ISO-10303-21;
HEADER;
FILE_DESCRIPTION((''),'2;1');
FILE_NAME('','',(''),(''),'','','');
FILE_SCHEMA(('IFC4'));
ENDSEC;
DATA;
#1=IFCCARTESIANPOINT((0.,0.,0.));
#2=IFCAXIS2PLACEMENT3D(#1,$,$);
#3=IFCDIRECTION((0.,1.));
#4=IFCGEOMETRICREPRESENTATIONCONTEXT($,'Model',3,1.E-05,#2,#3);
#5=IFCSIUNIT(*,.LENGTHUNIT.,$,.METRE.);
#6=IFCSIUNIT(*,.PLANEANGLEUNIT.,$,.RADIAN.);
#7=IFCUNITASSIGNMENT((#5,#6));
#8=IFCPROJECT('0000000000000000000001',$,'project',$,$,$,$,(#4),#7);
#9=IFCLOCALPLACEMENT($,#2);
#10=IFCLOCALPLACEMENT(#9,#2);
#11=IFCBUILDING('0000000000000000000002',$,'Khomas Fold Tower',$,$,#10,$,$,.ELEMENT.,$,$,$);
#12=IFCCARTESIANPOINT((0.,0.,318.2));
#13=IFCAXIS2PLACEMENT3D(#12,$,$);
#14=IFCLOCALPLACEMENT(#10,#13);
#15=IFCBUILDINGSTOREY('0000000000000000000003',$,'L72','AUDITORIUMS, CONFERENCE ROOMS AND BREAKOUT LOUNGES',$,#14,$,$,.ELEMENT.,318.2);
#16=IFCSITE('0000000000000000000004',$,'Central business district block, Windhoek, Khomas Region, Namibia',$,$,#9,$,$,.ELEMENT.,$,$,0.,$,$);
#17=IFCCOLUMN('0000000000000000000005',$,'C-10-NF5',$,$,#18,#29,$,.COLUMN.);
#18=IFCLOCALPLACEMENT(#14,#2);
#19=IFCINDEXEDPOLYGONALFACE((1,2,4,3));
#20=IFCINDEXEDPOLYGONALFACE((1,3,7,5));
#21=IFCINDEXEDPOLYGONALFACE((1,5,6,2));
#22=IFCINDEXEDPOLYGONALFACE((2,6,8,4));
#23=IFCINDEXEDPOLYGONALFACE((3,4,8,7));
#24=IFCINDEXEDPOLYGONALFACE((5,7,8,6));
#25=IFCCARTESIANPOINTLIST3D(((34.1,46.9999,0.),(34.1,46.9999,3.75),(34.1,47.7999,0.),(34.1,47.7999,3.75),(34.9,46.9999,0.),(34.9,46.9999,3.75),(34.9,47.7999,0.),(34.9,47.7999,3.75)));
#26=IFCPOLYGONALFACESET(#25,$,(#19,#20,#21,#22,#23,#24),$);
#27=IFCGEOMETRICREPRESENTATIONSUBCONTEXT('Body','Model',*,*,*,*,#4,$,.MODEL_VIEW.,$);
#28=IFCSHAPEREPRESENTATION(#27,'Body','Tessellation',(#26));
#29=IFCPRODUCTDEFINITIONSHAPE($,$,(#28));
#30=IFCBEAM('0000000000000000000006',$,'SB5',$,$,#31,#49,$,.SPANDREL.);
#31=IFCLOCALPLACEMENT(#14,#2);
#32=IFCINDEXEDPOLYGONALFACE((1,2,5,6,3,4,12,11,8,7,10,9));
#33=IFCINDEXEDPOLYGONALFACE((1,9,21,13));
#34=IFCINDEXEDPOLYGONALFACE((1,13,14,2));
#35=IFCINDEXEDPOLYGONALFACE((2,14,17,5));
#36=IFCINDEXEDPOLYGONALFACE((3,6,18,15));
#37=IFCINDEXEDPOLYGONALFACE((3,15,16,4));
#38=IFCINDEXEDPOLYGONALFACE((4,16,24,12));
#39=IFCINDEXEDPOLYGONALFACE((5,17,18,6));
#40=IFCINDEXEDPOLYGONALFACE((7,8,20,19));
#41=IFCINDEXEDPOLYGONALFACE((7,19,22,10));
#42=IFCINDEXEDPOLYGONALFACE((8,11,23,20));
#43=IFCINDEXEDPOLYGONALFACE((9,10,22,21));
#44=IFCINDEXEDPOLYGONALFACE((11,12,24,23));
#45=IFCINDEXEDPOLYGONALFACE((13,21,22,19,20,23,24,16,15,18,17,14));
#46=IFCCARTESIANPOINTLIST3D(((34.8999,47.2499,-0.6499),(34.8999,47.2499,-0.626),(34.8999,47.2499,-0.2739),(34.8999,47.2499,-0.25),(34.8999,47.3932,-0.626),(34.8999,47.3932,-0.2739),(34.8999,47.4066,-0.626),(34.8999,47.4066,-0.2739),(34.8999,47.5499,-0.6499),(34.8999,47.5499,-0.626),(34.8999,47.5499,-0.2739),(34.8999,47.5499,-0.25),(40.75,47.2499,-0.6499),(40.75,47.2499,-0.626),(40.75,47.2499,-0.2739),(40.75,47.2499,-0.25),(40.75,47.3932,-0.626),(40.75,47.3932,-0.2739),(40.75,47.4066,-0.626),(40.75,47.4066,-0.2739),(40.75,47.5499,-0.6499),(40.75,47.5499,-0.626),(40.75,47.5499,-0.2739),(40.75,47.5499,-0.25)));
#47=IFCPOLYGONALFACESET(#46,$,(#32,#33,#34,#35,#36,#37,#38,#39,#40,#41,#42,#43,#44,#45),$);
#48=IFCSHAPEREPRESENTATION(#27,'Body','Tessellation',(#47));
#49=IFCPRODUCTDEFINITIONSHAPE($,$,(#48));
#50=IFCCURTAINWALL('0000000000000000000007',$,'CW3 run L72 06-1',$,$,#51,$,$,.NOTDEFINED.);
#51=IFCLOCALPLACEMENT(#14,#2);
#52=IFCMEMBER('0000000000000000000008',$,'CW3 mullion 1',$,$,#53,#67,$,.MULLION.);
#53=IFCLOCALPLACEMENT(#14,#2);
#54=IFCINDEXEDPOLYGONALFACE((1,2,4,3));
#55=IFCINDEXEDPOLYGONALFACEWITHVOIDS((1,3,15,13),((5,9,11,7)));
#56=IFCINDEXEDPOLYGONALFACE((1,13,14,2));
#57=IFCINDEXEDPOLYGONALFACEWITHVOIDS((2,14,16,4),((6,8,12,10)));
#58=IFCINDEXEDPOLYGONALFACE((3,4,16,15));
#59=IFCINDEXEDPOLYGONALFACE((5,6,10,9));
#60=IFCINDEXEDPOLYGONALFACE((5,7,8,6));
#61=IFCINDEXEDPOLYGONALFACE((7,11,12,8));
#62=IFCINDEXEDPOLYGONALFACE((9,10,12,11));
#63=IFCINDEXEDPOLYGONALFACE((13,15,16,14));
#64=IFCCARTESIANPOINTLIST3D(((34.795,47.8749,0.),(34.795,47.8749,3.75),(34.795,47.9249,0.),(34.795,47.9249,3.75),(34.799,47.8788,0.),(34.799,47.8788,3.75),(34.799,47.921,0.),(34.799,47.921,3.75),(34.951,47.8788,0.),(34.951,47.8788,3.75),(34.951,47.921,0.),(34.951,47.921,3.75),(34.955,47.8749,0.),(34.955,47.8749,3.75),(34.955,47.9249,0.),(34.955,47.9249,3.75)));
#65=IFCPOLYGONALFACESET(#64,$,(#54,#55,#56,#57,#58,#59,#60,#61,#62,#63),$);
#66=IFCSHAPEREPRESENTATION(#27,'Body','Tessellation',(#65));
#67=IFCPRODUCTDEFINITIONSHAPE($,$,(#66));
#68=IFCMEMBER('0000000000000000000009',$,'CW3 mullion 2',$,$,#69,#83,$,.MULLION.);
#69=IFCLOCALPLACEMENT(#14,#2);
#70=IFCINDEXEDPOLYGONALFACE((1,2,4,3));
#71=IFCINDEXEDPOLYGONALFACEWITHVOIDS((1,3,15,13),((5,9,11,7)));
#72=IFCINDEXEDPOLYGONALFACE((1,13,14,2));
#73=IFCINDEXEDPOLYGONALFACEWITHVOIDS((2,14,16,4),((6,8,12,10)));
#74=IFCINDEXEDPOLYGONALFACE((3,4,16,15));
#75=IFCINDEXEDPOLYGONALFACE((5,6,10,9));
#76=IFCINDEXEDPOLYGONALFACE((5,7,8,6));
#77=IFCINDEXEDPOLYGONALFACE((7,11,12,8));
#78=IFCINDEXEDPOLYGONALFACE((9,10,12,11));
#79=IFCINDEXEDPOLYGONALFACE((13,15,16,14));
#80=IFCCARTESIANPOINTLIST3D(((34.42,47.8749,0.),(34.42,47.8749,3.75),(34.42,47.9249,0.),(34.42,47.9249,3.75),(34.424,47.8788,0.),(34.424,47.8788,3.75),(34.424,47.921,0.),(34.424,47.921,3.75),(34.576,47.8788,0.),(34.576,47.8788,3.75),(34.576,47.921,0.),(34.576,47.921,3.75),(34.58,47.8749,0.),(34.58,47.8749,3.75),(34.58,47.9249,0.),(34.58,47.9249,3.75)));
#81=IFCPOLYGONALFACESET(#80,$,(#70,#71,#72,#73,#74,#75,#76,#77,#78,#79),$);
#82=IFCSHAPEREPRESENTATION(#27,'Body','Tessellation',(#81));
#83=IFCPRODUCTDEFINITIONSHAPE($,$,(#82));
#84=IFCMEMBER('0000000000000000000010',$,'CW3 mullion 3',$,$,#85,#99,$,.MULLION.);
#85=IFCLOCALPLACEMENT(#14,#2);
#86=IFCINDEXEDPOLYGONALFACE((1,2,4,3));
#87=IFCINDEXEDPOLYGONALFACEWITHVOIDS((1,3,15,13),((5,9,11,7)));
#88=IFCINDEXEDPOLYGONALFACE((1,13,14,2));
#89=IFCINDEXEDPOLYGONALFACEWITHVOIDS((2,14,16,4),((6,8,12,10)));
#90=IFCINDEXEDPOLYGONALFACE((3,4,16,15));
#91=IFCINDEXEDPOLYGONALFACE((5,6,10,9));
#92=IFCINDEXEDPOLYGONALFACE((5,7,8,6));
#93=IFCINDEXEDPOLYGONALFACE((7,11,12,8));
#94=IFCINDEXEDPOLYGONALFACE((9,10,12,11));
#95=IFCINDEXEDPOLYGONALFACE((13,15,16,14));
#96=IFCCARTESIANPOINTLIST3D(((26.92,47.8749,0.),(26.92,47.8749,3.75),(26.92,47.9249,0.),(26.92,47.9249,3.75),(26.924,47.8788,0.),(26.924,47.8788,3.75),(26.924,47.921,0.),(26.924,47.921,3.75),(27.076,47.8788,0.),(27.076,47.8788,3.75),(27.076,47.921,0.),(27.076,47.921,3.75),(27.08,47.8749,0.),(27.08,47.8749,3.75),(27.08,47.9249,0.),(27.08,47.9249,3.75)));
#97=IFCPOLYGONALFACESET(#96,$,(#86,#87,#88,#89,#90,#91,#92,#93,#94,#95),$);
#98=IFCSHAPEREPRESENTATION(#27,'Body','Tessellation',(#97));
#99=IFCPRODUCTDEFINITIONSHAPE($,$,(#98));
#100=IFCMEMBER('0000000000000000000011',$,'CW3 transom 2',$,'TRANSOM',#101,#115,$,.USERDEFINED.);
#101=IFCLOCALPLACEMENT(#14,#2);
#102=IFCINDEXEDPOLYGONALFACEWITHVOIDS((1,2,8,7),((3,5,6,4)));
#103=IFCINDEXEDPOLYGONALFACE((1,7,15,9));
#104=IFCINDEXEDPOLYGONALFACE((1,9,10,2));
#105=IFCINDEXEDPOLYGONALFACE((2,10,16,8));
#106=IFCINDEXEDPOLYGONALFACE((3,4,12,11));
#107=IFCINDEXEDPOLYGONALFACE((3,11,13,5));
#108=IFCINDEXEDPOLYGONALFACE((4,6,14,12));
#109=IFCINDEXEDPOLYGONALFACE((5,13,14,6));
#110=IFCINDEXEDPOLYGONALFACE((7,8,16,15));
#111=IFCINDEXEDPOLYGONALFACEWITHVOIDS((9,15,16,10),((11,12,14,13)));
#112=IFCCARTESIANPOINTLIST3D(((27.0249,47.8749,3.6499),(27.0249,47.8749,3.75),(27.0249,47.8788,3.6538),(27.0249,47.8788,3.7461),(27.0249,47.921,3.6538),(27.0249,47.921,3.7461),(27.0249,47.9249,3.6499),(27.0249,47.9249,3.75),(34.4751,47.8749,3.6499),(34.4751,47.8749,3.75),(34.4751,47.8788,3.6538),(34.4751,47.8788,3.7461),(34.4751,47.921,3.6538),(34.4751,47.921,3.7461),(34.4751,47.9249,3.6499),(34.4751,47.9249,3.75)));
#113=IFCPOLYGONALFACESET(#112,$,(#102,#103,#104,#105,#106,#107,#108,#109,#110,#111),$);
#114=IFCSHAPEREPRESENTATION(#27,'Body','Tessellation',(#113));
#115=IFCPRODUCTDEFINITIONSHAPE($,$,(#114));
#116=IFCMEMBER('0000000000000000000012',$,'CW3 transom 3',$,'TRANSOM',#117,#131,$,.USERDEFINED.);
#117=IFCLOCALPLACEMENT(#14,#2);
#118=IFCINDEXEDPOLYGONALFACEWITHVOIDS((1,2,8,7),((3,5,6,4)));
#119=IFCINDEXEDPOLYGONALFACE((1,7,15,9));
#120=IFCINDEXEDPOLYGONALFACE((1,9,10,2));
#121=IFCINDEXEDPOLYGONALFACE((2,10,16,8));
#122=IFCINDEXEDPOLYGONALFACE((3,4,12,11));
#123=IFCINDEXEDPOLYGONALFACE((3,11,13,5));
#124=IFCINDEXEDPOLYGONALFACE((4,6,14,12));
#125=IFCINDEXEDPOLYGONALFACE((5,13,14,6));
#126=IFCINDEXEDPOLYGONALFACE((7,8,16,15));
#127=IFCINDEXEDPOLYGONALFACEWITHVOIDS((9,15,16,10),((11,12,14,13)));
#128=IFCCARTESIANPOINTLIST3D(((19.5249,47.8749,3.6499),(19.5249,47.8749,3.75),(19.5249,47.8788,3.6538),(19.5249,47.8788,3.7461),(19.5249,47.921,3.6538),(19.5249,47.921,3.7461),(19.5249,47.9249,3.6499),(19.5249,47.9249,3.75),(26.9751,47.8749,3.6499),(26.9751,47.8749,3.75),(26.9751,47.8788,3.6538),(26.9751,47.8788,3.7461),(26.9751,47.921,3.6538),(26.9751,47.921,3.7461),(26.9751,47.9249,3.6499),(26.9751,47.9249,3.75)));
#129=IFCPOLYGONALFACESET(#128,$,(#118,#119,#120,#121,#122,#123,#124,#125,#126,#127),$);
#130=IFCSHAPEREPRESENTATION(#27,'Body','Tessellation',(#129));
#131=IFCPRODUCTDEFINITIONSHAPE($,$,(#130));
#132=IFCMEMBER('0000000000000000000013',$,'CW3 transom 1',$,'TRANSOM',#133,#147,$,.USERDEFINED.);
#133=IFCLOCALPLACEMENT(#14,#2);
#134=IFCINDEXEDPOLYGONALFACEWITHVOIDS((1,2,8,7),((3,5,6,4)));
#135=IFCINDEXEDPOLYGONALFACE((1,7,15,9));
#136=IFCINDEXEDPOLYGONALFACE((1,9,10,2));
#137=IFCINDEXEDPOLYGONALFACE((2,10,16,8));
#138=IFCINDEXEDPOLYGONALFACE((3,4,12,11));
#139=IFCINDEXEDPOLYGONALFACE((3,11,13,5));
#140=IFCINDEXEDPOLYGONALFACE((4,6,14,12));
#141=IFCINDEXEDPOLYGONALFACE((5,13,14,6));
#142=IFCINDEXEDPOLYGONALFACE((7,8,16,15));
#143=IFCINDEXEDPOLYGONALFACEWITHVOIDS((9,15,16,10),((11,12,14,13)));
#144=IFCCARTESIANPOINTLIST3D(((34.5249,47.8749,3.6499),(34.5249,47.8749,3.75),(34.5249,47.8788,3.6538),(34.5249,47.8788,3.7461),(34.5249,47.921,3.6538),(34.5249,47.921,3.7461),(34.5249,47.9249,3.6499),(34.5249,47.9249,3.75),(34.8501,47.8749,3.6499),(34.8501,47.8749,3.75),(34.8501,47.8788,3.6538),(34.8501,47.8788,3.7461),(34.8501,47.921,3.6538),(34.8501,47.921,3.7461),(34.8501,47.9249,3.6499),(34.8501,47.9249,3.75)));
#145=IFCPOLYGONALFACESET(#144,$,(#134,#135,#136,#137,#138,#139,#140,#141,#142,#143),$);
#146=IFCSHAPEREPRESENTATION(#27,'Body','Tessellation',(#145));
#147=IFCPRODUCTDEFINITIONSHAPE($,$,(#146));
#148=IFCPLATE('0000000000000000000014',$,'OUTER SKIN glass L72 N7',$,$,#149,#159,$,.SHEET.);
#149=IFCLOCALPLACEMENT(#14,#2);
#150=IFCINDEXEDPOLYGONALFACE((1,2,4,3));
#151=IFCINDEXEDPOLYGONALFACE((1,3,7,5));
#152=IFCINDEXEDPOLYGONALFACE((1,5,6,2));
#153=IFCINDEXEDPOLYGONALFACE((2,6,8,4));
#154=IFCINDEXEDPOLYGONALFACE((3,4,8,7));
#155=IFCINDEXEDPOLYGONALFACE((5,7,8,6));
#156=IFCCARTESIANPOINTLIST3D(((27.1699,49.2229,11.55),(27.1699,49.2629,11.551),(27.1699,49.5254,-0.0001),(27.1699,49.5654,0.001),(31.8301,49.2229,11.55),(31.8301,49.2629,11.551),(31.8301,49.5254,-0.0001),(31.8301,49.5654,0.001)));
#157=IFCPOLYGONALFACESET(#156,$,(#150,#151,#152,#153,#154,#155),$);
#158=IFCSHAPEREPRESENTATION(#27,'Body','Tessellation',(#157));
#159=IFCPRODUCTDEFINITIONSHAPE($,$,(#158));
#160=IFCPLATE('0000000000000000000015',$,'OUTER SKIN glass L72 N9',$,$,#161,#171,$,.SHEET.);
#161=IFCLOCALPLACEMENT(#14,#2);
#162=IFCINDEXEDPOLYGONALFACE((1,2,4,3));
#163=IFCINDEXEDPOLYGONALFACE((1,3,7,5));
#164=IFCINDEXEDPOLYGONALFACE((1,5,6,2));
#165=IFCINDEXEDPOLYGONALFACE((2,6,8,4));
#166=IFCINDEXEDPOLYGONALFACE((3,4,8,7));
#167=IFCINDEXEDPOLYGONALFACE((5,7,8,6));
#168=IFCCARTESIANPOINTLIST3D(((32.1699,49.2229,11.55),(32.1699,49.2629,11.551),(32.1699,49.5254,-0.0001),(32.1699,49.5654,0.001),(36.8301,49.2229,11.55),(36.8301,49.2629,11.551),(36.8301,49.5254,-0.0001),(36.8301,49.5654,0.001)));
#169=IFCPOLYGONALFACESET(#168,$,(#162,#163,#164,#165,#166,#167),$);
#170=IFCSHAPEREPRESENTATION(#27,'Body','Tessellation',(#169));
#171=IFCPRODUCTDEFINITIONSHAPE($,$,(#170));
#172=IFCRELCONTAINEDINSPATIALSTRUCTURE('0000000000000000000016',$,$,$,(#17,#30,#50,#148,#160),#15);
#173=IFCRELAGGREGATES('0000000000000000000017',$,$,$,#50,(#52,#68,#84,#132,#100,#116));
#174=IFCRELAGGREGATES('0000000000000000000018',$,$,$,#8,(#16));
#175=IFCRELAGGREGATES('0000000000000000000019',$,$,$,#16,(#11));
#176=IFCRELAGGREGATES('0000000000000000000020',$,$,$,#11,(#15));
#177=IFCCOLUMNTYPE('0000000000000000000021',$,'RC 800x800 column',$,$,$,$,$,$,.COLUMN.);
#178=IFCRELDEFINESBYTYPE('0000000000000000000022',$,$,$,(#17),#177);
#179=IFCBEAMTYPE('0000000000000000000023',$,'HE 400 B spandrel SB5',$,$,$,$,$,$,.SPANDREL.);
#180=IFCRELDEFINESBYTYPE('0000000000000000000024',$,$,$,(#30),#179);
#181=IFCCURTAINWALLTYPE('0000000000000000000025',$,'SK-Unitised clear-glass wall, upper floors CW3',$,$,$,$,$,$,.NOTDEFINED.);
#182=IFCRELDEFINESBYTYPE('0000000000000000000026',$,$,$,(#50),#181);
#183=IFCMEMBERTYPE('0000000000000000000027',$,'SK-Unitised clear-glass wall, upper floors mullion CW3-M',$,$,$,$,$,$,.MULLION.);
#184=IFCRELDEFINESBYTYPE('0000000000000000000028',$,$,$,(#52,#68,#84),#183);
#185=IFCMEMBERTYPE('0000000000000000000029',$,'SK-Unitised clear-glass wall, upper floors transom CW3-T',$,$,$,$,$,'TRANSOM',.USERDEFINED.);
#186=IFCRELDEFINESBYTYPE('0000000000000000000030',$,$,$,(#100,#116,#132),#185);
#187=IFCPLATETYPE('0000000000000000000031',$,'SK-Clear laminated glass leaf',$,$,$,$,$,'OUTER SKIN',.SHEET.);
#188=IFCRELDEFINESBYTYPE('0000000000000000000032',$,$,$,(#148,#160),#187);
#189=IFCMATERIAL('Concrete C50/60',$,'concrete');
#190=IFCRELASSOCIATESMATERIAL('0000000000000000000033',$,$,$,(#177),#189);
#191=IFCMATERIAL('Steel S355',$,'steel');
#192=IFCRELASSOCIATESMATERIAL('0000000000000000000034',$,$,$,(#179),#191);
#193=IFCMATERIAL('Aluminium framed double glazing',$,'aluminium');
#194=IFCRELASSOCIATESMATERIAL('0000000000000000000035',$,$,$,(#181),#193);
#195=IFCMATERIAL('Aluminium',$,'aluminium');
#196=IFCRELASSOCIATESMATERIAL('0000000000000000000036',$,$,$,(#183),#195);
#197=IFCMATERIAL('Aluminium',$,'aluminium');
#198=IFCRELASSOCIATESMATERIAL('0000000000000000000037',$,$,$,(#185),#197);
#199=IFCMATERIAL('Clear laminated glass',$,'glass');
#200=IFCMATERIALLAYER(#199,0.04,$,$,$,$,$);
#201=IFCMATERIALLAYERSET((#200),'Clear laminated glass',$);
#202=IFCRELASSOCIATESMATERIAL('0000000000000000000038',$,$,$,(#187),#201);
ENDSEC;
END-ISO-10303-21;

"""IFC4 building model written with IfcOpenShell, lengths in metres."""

from ifc_helpers import new_model, si_unit, direction, frame, origin, origin_2d, place, context, subcontext, project, spatial, polyline, rectangle, hollow_rectangle, i_section, outline, extrude, source, transform, mapped, material, layer, layer_set, material_profile, profile_set, type_object, element, aggregate, save


model = new_model("IFC4")

# Units and contexts
model_context = context("Model", 3, precision=1e-05, world=origin(), true_north=direction((0.0, 1.0)))
body_context = subcontext(model_context, "Body", "Model", "MODEL_VIEW")
ifc_project = project(units=[si_unit("LENGTHUNIT", "METRE"), si_unit("PLANEANGLEUNIT", "RADIAN")], contexts=[model_context])

# Site, building, storey
site_placement = place(None, origin())
site = spatial("IfcSite", under=ifc_project, at=site_placement, Name="Central business district block, Windhoek, Khomas Region, Namibia", CompositionType="ELEMENT", RefElevation=0.0)
building_placement = place(site_placement, origin())
building = spatial("IfcBuilding", under=site, at=building_placement, Name="Khomas Fold Tower", CompositionType="ELEMENT")
storey_placement = place(building_placement, frame((0.0, 0.0, 318.2)))
storey = spatial("IfcBuildingStorey", under=building, at=storey_placement, Name="L72", Description="AUDITORIUMS, CONFERENCE ROOMS AND BREAKOUT LOUNGES", CompositionType="ELEMENT", Elevation=318.2)

# Column
ifc_material_1 = material(Name="Concrete C50/60", Category="concrete")
ifc_material_profile_1 = material_profile(ifc_material_1, rectangle(XDim=0.8, YDim=0.8, at=origin_2d()), Name="RC 800x800")
ifc_profile_set_1 = profile_set([ifc_material_profile_1], Name="Concrete C50/60")
column_type = type_object("IfcColumnType", Name="RC 800x800 column", PredefinedType="COLUMN", material=ifc_profile_set_1)
shared_shape_1 = source(origin(), body_context, "Body", "SweptSolid", [
    extrude(rectangle(XDim=0.8, YDim=0.8, at=origin_2d()), origin(), (0.0, 0.0, 1.0), 3.75),
])
column_placement = place(storey_placement, frame((34.5, 47.3999, 0.0), z_axis=(0.0, 0.0, 1.0), x_axis=(1.0, 0.0, 0.0)))
element("IfcColumn", 1, at=column_placement, inside=storey, type_object=column_type, Name="C-10-NF5", PredefinedType="COLUMN", context=body_context, shape_type="MappedRepresentation", body=[
    mapped(shared_shape_1, transform((0.0, 0.0, 0.0))),
])

# Beam
ifc_material_2 = material(Name="Steel S355", Category="steel")
ifc_material_profile_2 = material_profile(ifc_material_2, i_section(OverallWidth=0.3, OverallDepth=0.3999, WebThickness=0.0134, FlangeThickness=0.0239, at=origin_2d()), Name="HE 400 B")
ifc_profile_set_2 = profile_set([ifc_material_profile_2], Name="Steel S355")
beam_type = type_object("IfcBeamType", Name="HE 400 B spandrel SB5", PredefinedType="SPANDREL", material=ifc_profile_set_2)
shared_shape_2 = source(origin(), body_context, "Body", "SweptSolid", [
    extrude(i_section(OverallWidth=0.3, OverallDepth=0.3999, WebThickness=0.0134, FlangeThickness=0.0239, at=origin_2d()), origin(), (0.0, 0.0, 1.0), 5.8501),
])
beam_placement = place(storey_placement, frame((34.8999, 47.3999, -0.45), z_axis=(1.0, 0.0, 0.0), x_axis=(0.0, 1.0, 0.0)))
element("IfcBeam", 2, at=beam_placement, inside=storey, type_object=beam_type, Name="SB5", PredefinedType="SPANDREL", context=body_context, shape_type="MappedRepresentation", body=[
    mapped(shared_shape_2, transform((0.0, 0.0, 0.0))),
])

# Curtain wall, members
ifc_material_3 = material(Name="Aluminium framed double glazing", Category="aluminium")
curtain_wall_type = type_object("IfcCurtainWallType", Name="SK-Unitised clear-glass wall, upper floors CW3", PredefinedType="NOTDEFINED", material=ifc_material_3)
curtain_wall_placement = place(storey_placement, origin())
curtain_wall = element("IfcCurtainWall", 3, at=curtain_wall_placement, inside=storey, type_object=curtain_wall_type, Name="CW3 run L72 06-1", PredefinedType="NOTDEFINED")
ifc_material_4 = material(Name="Aluminium", Category="aluminium")
ifc_material_profile_3 = material_profile(ifc_material_4, hollow_rectangle(XDim=0.05, YDim=0.1599, WallThickness=0.0039, at=origin_2d()), Name="SK-Unitised clear-glass wall, upper floors mullion CW3-M")
ifc_profile_set_3 = profile_set([ifc_material_profile_3], Name="Aluminium")
member_type_1 = type_object("IfcMemberType", Name="SK-Unitised clear-glass wall, upper floors mullion CW3-M", PredefinedType="MULLION", material=ifc_profile_set_3)
shared_shape_3 = source(origin(), body_context, "Body", "SweptSolid", [
    extrude(hollow_rectangle(XDim=0.05, YDim=0.1599, WallThickness=0.0039, at=origin_2d()), origin(), (0.0, 0.0, 1.0), 3.75),
])
member_1_placement = place(storey_placement, frame((34.875, 47.8999, 0.0), z_axis=(0.0, 0.0, 1.0), x_axis=(0.0, -1.0, 0.0)))
member_1 = element("IfcMember", 4, at=member_1_placement, type_object=member_type_1, Name="CW3 mullion 1", PredefinedType="MULLION", context=body_context, shape_type="MappedRepresentation", body=[
    mapped(shared_shape_3, transform((0.0, 0.0, 0.0))),
])
member_2_placement = place(storey_placement, frame((34.5, 47.8999, 0.0), z_axis=(0.0, 0.0, 1.0), x_axis=(0.0, -1.0, 0.0)))
member_2 = element("IfcMember", 5, at=member_2_placement, type_object=member_type_1, Name="CW3 mullion 2", PredefinedType="MULLION", context=body_context, shape_type="MappedRepresentation", body=[
    mapped(shared_shape_3, transform((0.0, 0.0, 0.0))),
])
member_3_placement = place(storey_placement, frame((27.0, 47.8999, 0.0), z_axis=(0.0, 0.0, 1.0), x_axis=(0.0, -1.0, 0.0)))
member_3 = element("IfcMember", 6, at=member_3_placement, type_object=member_type_1, Name="CW3 mullion 3", PredefinedType="MULLION", context=body_context, shape_type="MappedRepresentation", body=[
    mapped(shared_shape_3, transform((0.0, 0.0, 0.0))),
])
ifc_material_5 = material(Name="Aluminium", Category="aluminium")
ifc_material_profile_4 = material_profile(ifc_material_5, hollow_rectangle(XDim=0.05, YDim=0.1001, WallThickness=0.0039, at=origin_2d()), Name="SK-Unitised clear-glass wall, upper floors transom CW3-T")
ifc_profile_set_4 = profile_set([ifc_material_profile_4], Name="Aluminium")
member_type_2 = type_object("IfcMemberType", Name="SK-Unitised clear-glass wall, upper floors transom CW3-T", ElementType="TRANSOM", PredefinedType="USERDEFINED", material=ifc_profile_set_4)
shared_shape_4 = source(origin(), body_context, "Body", "SweptSolid", [
    extrude(hollow_rectangle(XDim=0.05, YDim=0.1001, WallThickness=0.0039, at=origin_2d()), origin(), (0.0, 0.0, 1.0), 7.4502),
])
member_4_placement = place(storey_placement, frame((34.4751, 47.8999, 3.7), z_axis=(-1.0, 0.0, 0.0), x_axis=(0.0, -1.0, 0.0)))
member_4 = element("IfcMember", 7, at=member_4_placement, type_object=member_type_2, Name="CW3 transom 2", ObjectType="TRANSOM", PredefinedType="USERDEFINED", context=body_context, shape_type="MappedRepresentation", body=[
    mapped(shared_shape_4, transform((0.0, 0.0, 0.0))),
])
member_5_placement = place(storey_placement, frame((26.9751, 47.8999, 3.7), z_axis=(-1.0, 0.0, 0.0), x_axis=(0.0, -1.0, 0.0)))
member_5 = element("IfcMember", 8, at=member_5_placement, type_object=member_type_2, Name="CW3 transom 3", ObjectType="TRANSOM", PredefinedType="USERDEFINED", context=body_context, shape_type="MappedRepresentation", body=[
    mapped(shared_shape_4, transform((0.0, 0.0, 0.0))),
])
shared_shape_5 = source(origin(), body_context, "Body", "SweptSolid", [
    extrude(hollow_rectangle(XDim=0.05, YDim=0.1001, WallThickness=0.0039, at=origin_2d()), origin(), (0.0, 0.0, 1.0), 0.3252),
])
member_6_placement = place(storey_placement, frame((34.8501, 47.8999, 3.7), z_axis=(-1.0, 0.0, 0.0), x_axis=(0.0, -1.0, 0.0)))
member_6 = element("IfcMember", 9, at=member_6_placement, type_object=member_type_2, Name="CW3 transom 1", ObjectType="TRANSOM", PredefinedType="USERDEFINED", context=body_context, shape_type="MappedRepresentation", body=[
    mapped(shared_shape_5, transform((0.0, 0.0, 0.0))),
])

# Plates
ifc_material_6 = material(Name="Clear laminated glass", Category="glass")
ifc_layer_1 = layer(ifc_material_6, 0.04)
ifc_layer_set_1 = layer_set([ifc_layer_1], Name="Clear laminated glass")
plate_type_1 = type_object("IfcPlateType", Name="SK-Clear laminated glass leaf", ElementType="OUTER SKIN", PredefinedType="SHEET", material=ifc_layer_set_1)
for number, where, z_axis, x_axis, name in (
    (10, (27.1699, 49.5654, 0.001), (0.0, 0.999657, 0.026181), (1.0, 0.0, 0.0), "OUTER SKIN glass L72 N7"),
    (11, (32.1699, 49.5654, 0.001), (0.0, 0.999657, 0.026181), (1.0, 0.0, 0.0), "OUTER SKIN glass L72 N9"),
):
    element("IfcPlate", number, at=place(storey_placement, frame(where, z_axis=z_axis, x_axis=x_axis)), inside=storey, type_object=plate_type_1, Name=name, PredefinedType="SHEET", context=body_context, shape_type="SweptSolid", body=[
        extrude(outline(polyline([(0.0, 0.0), (4.6602, 0.0), (4.6602, -11.554), (0.0, -11.554), (0.0, 0.0)])), origin(), (0.0, 0.0, -1.0), 0.04),
    ])

aggregate(curtain_wall, [member_1, member_2, member_3, member_6, member_4, member_5])

save(model, "model.ifc")
